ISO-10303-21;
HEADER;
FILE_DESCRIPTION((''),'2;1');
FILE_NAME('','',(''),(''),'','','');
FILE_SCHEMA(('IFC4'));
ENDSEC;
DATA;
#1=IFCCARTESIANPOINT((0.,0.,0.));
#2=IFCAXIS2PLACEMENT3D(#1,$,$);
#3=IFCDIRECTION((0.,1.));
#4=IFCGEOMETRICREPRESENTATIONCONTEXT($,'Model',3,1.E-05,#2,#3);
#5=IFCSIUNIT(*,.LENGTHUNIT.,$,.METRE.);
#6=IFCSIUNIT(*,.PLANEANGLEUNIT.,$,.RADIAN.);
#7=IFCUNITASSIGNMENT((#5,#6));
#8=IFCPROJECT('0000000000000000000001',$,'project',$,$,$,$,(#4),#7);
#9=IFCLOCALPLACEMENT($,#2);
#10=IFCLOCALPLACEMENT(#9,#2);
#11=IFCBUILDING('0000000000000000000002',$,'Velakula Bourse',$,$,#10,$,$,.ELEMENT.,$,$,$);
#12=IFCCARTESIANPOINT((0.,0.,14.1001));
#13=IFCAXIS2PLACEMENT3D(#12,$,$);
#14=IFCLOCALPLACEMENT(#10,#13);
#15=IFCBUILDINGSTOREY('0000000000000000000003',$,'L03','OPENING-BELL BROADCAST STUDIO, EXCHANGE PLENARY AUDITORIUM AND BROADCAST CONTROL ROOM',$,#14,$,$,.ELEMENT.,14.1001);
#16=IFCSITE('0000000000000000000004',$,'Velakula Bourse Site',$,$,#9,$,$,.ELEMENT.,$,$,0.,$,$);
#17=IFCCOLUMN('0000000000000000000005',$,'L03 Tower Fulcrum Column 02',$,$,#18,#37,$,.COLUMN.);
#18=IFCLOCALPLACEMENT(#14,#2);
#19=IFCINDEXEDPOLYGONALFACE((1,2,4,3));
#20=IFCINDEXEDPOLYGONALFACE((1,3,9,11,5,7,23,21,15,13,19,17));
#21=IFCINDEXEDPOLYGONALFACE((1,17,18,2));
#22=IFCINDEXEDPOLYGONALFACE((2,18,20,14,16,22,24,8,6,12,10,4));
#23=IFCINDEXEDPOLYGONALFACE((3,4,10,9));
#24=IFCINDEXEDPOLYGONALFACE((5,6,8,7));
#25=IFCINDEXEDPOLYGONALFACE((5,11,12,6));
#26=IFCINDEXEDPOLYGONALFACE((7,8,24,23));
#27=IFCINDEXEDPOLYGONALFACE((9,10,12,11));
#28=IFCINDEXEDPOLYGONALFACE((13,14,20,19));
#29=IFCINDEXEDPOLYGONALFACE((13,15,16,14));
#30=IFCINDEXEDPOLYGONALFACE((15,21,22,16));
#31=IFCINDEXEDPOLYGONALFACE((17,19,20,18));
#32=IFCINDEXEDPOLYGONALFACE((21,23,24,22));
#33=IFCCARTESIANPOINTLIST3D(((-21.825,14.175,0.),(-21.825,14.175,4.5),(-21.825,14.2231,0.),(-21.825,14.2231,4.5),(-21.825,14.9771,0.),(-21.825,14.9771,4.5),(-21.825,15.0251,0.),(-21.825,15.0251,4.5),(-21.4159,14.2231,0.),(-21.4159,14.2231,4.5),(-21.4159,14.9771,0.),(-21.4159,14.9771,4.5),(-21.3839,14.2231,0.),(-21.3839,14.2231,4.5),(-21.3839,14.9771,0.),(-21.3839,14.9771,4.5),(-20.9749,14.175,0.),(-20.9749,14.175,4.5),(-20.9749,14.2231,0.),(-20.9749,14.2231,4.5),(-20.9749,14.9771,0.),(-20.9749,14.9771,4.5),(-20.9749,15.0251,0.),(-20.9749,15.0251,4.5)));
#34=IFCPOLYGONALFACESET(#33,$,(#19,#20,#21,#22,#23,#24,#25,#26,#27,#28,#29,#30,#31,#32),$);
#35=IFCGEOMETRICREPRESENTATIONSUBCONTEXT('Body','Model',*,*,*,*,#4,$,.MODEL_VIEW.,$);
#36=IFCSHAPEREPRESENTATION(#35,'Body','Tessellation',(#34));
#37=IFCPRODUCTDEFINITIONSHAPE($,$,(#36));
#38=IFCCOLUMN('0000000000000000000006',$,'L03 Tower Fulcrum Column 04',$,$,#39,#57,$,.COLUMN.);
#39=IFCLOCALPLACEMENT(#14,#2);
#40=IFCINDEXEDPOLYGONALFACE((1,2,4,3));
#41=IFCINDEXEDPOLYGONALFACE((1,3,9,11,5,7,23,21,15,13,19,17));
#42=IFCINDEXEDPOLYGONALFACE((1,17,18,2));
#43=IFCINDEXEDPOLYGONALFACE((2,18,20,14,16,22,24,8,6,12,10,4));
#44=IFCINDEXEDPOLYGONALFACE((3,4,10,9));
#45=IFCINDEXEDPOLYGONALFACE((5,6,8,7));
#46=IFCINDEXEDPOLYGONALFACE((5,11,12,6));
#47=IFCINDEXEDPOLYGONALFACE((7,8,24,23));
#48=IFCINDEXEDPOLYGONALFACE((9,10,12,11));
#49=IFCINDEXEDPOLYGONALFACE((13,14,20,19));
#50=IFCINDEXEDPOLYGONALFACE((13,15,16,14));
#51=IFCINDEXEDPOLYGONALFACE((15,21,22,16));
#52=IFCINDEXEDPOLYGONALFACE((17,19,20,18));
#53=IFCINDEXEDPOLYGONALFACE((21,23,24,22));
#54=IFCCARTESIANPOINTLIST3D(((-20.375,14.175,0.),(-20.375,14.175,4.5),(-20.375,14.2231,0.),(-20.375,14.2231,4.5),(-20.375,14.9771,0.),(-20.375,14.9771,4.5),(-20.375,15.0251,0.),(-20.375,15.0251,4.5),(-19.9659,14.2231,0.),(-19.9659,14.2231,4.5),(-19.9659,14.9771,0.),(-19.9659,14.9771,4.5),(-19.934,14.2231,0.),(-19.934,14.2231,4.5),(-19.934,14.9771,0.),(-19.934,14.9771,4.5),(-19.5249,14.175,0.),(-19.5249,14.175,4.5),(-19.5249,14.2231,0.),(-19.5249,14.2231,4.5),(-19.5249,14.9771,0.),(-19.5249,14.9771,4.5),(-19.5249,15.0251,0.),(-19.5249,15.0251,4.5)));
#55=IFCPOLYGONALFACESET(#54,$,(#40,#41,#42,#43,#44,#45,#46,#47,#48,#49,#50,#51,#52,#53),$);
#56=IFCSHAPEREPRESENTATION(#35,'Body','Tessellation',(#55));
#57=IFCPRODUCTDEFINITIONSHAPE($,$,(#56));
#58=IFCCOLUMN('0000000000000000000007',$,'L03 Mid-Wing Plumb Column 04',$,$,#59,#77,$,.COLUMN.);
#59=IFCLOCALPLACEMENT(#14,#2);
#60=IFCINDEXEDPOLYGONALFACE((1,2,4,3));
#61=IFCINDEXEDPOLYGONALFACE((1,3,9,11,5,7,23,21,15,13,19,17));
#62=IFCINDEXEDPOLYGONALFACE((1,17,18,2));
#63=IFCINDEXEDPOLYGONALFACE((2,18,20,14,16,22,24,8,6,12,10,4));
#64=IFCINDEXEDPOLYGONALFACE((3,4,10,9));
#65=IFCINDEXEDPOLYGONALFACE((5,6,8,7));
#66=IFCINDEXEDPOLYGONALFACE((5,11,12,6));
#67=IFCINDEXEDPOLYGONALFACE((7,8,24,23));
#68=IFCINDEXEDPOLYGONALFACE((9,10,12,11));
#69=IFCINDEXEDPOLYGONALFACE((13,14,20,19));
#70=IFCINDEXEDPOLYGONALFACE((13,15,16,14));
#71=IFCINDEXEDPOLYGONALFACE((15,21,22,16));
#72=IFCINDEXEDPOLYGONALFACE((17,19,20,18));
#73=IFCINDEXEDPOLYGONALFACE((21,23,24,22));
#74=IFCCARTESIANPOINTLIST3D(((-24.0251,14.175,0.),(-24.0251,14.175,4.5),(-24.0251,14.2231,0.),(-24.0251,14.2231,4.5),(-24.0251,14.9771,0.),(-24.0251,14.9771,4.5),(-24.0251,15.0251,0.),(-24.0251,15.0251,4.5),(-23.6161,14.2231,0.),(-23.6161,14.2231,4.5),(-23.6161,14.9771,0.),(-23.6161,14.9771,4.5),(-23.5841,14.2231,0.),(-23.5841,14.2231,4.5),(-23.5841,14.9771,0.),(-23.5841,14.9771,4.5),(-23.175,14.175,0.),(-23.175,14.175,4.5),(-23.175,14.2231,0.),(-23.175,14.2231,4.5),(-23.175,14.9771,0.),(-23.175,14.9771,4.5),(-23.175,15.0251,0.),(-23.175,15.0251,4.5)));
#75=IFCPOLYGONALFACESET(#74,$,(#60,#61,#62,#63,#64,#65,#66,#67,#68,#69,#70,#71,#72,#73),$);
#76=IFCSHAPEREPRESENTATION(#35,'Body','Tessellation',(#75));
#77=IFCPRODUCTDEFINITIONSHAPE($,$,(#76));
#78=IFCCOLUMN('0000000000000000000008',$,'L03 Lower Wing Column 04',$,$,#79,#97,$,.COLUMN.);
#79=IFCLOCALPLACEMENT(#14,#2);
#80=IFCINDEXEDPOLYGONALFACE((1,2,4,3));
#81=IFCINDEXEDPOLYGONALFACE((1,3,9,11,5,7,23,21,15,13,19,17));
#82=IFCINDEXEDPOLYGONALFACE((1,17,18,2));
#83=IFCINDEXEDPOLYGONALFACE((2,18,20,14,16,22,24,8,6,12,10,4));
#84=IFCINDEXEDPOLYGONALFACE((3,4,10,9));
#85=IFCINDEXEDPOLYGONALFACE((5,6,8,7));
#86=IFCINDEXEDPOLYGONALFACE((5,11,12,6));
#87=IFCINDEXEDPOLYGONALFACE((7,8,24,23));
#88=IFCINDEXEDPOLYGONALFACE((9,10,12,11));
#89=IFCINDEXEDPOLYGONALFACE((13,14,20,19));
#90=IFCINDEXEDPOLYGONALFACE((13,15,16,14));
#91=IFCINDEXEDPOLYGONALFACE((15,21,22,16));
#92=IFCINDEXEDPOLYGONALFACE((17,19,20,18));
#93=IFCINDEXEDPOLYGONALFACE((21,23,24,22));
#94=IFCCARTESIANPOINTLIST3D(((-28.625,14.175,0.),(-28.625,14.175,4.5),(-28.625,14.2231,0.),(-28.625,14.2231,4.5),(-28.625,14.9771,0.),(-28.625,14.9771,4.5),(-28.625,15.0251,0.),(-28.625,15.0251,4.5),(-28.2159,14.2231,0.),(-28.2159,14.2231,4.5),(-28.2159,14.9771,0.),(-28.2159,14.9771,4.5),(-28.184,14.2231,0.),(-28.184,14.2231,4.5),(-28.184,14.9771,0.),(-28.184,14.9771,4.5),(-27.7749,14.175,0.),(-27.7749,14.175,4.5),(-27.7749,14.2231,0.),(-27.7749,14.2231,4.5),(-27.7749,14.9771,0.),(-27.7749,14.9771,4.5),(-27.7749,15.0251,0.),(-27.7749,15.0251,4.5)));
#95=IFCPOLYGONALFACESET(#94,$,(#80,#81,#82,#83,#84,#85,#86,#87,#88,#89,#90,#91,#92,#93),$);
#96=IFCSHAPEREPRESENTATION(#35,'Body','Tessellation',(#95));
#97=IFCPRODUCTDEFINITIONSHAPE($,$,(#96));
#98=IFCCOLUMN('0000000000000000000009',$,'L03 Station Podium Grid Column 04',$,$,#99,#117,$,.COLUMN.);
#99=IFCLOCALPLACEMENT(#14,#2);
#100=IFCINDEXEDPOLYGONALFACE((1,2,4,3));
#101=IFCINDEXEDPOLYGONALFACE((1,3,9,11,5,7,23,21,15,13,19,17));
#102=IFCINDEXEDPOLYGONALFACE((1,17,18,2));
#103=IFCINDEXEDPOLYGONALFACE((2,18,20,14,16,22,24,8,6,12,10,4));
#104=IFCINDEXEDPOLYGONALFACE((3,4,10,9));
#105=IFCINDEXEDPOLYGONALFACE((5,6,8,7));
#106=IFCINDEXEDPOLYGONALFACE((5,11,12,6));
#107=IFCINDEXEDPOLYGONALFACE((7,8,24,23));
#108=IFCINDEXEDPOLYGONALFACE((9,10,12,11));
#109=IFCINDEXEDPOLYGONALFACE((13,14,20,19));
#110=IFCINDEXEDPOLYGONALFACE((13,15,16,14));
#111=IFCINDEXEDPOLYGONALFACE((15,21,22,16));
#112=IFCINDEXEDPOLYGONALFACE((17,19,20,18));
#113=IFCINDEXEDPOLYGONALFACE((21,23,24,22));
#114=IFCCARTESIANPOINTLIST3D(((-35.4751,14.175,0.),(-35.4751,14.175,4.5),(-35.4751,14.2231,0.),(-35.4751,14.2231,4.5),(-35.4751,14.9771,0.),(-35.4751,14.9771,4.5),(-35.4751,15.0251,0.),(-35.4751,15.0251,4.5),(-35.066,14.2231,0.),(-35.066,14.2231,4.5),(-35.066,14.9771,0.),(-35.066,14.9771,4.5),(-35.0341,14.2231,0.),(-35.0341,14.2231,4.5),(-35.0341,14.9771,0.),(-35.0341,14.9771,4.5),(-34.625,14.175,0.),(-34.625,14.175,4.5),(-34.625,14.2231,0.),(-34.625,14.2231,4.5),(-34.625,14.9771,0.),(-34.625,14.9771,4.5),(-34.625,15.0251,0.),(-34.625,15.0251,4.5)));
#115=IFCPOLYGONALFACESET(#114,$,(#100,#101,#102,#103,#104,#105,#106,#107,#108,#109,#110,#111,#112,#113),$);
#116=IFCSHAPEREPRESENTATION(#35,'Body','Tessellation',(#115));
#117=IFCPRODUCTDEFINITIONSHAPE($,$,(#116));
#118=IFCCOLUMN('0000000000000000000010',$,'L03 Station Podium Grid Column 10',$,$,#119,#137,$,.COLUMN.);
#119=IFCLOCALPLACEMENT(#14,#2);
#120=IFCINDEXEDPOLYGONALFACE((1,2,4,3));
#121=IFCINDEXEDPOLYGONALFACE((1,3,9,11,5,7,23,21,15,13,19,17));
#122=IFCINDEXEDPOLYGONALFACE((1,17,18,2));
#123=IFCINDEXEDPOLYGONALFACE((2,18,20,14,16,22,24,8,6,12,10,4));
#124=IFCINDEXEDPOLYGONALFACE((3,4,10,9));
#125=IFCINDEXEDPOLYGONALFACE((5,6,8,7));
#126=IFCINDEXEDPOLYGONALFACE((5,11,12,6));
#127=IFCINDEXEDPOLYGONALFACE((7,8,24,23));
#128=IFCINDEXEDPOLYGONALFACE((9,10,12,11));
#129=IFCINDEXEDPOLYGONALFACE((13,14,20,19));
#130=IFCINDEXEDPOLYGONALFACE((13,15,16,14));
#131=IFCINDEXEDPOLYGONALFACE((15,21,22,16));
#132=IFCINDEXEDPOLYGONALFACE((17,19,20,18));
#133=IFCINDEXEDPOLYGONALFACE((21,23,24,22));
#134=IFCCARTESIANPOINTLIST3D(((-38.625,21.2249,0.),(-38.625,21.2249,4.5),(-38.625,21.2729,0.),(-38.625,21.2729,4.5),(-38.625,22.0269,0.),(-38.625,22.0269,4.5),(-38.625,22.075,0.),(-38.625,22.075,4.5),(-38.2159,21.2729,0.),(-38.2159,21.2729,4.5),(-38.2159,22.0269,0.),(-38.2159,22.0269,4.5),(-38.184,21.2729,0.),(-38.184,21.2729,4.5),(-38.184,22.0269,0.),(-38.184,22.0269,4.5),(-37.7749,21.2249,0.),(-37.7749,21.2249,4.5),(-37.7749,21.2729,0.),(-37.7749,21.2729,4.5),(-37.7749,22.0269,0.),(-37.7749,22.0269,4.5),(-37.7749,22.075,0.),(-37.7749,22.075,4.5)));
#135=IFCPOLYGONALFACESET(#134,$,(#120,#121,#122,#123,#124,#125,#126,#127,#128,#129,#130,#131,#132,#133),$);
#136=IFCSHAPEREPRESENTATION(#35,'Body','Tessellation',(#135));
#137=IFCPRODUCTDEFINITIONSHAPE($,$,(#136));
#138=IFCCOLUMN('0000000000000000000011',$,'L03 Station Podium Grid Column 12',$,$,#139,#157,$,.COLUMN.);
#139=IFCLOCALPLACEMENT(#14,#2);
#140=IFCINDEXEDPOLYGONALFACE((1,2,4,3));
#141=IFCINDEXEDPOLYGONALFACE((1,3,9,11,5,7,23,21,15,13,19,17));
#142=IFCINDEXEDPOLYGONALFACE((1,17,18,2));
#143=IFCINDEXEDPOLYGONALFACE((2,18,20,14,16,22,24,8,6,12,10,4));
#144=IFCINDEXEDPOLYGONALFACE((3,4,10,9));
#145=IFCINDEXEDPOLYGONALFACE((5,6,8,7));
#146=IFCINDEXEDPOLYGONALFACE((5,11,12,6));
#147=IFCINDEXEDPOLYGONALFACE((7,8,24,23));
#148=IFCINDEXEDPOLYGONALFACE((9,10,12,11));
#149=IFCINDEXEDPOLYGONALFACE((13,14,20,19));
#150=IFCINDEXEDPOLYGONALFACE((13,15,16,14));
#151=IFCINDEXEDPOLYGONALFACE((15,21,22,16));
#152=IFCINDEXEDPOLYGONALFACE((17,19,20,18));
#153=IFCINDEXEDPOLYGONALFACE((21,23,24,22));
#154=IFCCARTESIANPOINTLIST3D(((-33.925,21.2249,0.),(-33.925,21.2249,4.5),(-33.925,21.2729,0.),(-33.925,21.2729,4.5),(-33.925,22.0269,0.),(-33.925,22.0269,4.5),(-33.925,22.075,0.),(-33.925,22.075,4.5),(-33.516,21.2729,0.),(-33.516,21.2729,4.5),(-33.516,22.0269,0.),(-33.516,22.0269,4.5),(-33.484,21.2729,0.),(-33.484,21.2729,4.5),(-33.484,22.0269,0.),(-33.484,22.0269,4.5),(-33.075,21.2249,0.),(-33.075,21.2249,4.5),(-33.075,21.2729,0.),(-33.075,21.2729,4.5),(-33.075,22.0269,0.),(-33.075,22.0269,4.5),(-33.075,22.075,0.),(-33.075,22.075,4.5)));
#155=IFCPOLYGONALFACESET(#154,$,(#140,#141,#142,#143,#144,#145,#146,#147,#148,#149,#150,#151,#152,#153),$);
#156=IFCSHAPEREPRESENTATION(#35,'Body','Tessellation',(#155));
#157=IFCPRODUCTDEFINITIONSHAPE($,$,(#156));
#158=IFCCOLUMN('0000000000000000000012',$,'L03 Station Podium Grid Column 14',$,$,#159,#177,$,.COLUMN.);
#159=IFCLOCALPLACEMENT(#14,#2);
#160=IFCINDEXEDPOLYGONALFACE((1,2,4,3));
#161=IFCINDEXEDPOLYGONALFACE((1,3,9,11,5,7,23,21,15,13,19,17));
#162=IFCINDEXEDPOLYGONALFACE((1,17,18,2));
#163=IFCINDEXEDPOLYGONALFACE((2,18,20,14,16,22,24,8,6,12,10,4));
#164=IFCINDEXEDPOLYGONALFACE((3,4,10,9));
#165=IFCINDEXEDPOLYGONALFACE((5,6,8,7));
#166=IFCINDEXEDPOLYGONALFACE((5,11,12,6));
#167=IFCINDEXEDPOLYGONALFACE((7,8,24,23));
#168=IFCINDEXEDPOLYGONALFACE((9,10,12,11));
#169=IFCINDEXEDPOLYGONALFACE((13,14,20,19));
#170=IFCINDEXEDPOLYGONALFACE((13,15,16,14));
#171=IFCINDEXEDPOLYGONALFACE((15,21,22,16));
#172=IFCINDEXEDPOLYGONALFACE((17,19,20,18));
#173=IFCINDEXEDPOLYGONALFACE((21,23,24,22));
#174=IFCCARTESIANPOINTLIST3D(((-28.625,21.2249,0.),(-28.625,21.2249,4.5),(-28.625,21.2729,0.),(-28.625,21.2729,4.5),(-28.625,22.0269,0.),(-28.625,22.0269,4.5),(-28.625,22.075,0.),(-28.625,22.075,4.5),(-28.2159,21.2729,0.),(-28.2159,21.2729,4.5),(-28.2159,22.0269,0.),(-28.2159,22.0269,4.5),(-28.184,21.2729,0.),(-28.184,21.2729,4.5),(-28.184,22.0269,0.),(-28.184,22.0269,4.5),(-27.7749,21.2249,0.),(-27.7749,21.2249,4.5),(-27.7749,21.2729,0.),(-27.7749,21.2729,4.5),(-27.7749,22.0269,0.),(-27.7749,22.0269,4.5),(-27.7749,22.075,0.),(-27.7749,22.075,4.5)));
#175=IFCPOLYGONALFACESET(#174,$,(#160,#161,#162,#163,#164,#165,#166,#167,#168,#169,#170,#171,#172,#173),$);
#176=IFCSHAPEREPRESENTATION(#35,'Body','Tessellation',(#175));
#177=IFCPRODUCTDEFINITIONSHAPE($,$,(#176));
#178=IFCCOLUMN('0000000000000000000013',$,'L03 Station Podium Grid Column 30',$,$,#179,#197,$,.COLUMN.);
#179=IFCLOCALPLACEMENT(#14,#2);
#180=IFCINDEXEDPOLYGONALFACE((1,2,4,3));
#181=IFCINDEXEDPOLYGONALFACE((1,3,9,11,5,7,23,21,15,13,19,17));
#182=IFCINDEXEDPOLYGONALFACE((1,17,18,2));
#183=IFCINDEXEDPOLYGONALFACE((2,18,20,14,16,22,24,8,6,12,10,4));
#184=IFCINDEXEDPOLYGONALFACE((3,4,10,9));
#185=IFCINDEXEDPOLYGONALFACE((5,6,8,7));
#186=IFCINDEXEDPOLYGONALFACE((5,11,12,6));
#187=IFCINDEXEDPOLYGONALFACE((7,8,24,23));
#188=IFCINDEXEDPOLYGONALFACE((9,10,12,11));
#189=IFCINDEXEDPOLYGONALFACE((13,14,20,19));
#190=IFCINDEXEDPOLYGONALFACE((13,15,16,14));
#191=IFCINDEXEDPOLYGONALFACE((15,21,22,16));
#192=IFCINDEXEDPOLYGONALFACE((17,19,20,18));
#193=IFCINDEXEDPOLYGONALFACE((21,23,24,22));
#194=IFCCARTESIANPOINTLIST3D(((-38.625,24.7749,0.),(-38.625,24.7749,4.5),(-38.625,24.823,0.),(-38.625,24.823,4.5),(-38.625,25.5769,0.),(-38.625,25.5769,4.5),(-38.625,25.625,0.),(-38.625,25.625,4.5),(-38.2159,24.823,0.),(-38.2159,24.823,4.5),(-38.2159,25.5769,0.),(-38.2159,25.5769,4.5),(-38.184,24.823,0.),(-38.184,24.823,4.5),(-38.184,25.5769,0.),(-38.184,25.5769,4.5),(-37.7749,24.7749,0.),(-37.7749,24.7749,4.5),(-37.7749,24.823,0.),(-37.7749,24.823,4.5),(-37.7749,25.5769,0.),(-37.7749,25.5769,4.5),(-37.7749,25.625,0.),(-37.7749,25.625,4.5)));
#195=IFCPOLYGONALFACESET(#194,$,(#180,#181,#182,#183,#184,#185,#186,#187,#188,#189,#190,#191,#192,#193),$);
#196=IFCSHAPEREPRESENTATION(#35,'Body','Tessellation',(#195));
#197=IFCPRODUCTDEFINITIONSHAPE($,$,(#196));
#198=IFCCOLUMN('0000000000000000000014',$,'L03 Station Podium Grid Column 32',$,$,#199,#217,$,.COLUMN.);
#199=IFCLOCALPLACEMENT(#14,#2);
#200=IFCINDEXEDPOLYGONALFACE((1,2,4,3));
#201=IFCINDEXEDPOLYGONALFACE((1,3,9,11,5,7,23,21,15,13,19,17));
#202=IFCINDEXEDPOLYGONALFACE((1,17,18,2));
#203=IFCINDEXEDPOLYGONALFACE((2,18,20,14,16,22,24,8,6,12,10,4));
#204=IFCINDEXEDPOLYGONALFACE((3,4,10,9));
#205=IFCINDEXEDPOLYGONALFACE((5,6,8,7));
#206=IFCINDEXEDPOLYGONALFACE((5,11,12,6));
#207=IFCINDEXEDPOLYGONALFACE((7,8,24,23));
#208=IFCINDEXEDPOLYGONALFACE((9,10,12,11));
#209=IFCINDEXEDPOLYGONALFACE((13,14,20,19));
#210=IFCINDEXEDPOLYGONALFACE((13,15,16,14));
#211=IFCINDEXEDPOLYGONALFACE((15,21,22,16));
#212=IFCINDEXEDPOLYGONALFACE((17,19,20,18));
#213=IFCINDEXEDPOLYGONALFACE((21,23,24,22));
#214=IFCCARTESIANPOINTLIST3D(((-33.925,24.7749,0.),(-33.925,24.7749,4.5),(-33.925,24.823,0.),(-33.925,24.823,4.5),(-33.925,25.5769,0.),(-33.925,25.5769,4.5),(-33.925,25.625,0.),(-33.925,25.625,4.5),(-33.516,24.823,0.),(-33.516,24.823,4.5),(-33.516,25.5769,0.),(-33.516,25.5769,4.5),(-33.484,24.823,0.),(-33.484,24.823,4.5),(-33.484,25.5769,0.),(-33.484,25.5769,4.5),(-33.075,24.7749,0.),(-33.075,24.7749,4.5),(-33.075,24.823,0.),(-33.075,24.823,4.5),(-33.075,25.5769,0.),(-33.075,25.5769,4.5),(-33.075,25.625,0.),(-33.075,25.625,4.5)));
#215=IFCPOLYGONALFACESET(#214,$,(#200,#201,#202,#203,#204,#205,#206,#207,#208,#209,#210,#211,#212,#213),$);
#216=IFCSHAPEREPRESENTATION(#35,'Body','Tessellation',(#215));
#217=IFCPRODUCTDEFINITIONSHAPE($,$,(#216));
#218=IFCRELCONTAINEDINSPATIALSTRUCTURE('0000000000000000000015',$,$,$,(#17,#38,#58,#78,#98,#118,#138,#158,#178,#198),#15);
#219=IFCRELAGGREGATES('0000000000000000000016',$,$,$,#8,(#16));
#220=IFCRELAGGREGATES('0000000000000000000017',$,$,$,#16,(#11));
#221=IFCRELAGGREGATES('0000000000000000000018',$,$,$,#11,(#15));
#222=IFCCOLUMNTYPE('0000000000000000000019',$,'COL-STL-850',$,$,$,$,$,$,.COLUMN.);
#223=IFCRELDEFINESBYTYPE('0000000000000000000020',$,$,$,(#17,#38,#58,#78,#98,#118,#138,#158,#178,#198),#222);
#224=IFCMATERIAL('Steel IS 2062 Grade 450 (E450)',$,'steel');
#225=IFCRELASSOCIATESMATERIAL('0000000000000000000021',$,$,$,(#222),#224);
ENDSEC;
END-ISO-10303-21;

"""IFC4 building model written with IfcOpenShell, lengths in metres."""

from ifc_helpers import new_model, si_unit, direction, frame, origin, origin_2d, place, context, subcontext, project, spatial, i_section, extrude, material, material_profile, profile_set, type_object, element, save


model = new_model("IFC4")

# Units and contexts
model_context = context("Model", 3, precision=1e-05, world=origin(), true_north=direction((0.0, 1.0)))
body_context = subcontext(model_context, "Body", "Model", "MODEL_VIEW")
ifc_project = project(units=[si_unit("LENGTHUNIT", "METRE"), si_unit("PLANEANGLEUNIT", "RADIAN")], contexts=[model_context])

# Site, building, storey
site_placement = place(None, origin())
site = spatial("IfcSite", under=ifc_project, at=site_placement, Name="Velakula Bourse Site", CompositionType="ELEMENT", RefElevation=0.0)
building_placement = place(site_placement, origin())
building = spatial("IfcBuilding", under=site, at=building_placement, Name="Velakula Bourse", CompositionType="ELEMENT")
storey_placement = place(building_placement, frame((0.0, 0.0, 14.1001)))
storey = spatial("IfcBuildingStorey", under=building, at=storey_placement, Name="L03", Description="OPENING-BELL BROADCAST STUDIO, EXCHANGE PLENARY AUDITORIUM AND BROADCAST CONTROL ROOM", CompositionType="ELEMENT", Elevation=14.1001)

# Columns
ifc_material_1 = material(Name="Steel IS 2062 Grade 450 (E450)", Category="steel")
ifc_material_profile_1 = material_profile(ifc_material_1, i_section(OverallWidth=0.8501, OverallDepth=0.8501, WebThickness=0.032, FlangeThickness=0.0481, at=origin_2d()), Name="Steel IS 2062 Grade 450 (E450)")
ifc_profile_set_1 = profile_set([ifc_material_profile_1], Name="Steel IS 2062 Grade 450 (E450)")
column_type = type_object("IfcColumnType", Name="COL-STL-850", PredefinedType="COLUMN", material=ifc_profile_set_1)
for number, where, z_axis, x_axis, name in (
    (1, (-21.3999, 14.6001, 0.0), (0.0, 0.0, 1.0), (1.0, 0.0, 0.0), "L03 Tower Fulcrum Column 02"),
    (2, (-19.95, 14.6001, 0.0), (0.0, 0.0, 1.0), (1.0, 0.0, 0.0), "L03 Tower Fulcrum Column 04"),
    (3, (-23.6001, 14.6001, 0.0), (0.0, 0.0, 1.0), (1.0, 0.0, 0.0), "L03 Mid-Wing Plumb Column 04"),
    (4, (-28.2, 14.6001, 0.0), (0.0, 0.0, 1.0), (1.0, 0.0, 0.0), "L03 Lower Wing Column 04"),
    (5, (-35.05, 14.6001, 0.0), (0.0, 0.0, 1.0), (1.0, 0.0, 0.0), "L03 Station Podium Grid Column 04"),
    (6, (-38.2, 21.6499, 0.0), (0.0, 0.0, 1.0), (1.0, 0.0, 0.0), "L03 Station Podium Grid Column 10"),
    (7, (-33.5, 21.6499, 0.0), (0.0, 0.0, 1.0), (1.0, 0.0, 0.0), "L03 Station Podium Grid Column 12"),
    (8, (-28.2, 21.6499, 0.0), (0.0, 0.0, 1.0), (1.0, 0.0, 0.0), "L03 Station Podium Grid Column 14"),
    (9, (-38.2, 25.2, 0.0), (0.0, 0.0, 1.0), (1.0, 0.0, 0.0), "L03 Station Podium Grid Column 30"),
    (10, (-33.5, 25.2, 0.0), (0.0, 0.0, 1.0), (1.0, 0.0, 0.0), "L03 Station Podium Grid Column 32"),
):
    element("IfcColumn", number, at=place(storey_placement, frame(where, z_axis=z_axis, x_axis=x_axis)), inside=storey, type_object=column_type, Name=name, PredefinedType="COLUMN", context=body_context, shape_type="SweptSolid", body=[
        extrude(i_section(OverallWidth=0.8501, OverallDepth=0.8501, WebThickness=0.032, FlangeThickness=0.0481, at=origin_2d()), origin(), (0.0, 0.0, 1.0), 4.5),
    ])

save(model, "model.ifc")
